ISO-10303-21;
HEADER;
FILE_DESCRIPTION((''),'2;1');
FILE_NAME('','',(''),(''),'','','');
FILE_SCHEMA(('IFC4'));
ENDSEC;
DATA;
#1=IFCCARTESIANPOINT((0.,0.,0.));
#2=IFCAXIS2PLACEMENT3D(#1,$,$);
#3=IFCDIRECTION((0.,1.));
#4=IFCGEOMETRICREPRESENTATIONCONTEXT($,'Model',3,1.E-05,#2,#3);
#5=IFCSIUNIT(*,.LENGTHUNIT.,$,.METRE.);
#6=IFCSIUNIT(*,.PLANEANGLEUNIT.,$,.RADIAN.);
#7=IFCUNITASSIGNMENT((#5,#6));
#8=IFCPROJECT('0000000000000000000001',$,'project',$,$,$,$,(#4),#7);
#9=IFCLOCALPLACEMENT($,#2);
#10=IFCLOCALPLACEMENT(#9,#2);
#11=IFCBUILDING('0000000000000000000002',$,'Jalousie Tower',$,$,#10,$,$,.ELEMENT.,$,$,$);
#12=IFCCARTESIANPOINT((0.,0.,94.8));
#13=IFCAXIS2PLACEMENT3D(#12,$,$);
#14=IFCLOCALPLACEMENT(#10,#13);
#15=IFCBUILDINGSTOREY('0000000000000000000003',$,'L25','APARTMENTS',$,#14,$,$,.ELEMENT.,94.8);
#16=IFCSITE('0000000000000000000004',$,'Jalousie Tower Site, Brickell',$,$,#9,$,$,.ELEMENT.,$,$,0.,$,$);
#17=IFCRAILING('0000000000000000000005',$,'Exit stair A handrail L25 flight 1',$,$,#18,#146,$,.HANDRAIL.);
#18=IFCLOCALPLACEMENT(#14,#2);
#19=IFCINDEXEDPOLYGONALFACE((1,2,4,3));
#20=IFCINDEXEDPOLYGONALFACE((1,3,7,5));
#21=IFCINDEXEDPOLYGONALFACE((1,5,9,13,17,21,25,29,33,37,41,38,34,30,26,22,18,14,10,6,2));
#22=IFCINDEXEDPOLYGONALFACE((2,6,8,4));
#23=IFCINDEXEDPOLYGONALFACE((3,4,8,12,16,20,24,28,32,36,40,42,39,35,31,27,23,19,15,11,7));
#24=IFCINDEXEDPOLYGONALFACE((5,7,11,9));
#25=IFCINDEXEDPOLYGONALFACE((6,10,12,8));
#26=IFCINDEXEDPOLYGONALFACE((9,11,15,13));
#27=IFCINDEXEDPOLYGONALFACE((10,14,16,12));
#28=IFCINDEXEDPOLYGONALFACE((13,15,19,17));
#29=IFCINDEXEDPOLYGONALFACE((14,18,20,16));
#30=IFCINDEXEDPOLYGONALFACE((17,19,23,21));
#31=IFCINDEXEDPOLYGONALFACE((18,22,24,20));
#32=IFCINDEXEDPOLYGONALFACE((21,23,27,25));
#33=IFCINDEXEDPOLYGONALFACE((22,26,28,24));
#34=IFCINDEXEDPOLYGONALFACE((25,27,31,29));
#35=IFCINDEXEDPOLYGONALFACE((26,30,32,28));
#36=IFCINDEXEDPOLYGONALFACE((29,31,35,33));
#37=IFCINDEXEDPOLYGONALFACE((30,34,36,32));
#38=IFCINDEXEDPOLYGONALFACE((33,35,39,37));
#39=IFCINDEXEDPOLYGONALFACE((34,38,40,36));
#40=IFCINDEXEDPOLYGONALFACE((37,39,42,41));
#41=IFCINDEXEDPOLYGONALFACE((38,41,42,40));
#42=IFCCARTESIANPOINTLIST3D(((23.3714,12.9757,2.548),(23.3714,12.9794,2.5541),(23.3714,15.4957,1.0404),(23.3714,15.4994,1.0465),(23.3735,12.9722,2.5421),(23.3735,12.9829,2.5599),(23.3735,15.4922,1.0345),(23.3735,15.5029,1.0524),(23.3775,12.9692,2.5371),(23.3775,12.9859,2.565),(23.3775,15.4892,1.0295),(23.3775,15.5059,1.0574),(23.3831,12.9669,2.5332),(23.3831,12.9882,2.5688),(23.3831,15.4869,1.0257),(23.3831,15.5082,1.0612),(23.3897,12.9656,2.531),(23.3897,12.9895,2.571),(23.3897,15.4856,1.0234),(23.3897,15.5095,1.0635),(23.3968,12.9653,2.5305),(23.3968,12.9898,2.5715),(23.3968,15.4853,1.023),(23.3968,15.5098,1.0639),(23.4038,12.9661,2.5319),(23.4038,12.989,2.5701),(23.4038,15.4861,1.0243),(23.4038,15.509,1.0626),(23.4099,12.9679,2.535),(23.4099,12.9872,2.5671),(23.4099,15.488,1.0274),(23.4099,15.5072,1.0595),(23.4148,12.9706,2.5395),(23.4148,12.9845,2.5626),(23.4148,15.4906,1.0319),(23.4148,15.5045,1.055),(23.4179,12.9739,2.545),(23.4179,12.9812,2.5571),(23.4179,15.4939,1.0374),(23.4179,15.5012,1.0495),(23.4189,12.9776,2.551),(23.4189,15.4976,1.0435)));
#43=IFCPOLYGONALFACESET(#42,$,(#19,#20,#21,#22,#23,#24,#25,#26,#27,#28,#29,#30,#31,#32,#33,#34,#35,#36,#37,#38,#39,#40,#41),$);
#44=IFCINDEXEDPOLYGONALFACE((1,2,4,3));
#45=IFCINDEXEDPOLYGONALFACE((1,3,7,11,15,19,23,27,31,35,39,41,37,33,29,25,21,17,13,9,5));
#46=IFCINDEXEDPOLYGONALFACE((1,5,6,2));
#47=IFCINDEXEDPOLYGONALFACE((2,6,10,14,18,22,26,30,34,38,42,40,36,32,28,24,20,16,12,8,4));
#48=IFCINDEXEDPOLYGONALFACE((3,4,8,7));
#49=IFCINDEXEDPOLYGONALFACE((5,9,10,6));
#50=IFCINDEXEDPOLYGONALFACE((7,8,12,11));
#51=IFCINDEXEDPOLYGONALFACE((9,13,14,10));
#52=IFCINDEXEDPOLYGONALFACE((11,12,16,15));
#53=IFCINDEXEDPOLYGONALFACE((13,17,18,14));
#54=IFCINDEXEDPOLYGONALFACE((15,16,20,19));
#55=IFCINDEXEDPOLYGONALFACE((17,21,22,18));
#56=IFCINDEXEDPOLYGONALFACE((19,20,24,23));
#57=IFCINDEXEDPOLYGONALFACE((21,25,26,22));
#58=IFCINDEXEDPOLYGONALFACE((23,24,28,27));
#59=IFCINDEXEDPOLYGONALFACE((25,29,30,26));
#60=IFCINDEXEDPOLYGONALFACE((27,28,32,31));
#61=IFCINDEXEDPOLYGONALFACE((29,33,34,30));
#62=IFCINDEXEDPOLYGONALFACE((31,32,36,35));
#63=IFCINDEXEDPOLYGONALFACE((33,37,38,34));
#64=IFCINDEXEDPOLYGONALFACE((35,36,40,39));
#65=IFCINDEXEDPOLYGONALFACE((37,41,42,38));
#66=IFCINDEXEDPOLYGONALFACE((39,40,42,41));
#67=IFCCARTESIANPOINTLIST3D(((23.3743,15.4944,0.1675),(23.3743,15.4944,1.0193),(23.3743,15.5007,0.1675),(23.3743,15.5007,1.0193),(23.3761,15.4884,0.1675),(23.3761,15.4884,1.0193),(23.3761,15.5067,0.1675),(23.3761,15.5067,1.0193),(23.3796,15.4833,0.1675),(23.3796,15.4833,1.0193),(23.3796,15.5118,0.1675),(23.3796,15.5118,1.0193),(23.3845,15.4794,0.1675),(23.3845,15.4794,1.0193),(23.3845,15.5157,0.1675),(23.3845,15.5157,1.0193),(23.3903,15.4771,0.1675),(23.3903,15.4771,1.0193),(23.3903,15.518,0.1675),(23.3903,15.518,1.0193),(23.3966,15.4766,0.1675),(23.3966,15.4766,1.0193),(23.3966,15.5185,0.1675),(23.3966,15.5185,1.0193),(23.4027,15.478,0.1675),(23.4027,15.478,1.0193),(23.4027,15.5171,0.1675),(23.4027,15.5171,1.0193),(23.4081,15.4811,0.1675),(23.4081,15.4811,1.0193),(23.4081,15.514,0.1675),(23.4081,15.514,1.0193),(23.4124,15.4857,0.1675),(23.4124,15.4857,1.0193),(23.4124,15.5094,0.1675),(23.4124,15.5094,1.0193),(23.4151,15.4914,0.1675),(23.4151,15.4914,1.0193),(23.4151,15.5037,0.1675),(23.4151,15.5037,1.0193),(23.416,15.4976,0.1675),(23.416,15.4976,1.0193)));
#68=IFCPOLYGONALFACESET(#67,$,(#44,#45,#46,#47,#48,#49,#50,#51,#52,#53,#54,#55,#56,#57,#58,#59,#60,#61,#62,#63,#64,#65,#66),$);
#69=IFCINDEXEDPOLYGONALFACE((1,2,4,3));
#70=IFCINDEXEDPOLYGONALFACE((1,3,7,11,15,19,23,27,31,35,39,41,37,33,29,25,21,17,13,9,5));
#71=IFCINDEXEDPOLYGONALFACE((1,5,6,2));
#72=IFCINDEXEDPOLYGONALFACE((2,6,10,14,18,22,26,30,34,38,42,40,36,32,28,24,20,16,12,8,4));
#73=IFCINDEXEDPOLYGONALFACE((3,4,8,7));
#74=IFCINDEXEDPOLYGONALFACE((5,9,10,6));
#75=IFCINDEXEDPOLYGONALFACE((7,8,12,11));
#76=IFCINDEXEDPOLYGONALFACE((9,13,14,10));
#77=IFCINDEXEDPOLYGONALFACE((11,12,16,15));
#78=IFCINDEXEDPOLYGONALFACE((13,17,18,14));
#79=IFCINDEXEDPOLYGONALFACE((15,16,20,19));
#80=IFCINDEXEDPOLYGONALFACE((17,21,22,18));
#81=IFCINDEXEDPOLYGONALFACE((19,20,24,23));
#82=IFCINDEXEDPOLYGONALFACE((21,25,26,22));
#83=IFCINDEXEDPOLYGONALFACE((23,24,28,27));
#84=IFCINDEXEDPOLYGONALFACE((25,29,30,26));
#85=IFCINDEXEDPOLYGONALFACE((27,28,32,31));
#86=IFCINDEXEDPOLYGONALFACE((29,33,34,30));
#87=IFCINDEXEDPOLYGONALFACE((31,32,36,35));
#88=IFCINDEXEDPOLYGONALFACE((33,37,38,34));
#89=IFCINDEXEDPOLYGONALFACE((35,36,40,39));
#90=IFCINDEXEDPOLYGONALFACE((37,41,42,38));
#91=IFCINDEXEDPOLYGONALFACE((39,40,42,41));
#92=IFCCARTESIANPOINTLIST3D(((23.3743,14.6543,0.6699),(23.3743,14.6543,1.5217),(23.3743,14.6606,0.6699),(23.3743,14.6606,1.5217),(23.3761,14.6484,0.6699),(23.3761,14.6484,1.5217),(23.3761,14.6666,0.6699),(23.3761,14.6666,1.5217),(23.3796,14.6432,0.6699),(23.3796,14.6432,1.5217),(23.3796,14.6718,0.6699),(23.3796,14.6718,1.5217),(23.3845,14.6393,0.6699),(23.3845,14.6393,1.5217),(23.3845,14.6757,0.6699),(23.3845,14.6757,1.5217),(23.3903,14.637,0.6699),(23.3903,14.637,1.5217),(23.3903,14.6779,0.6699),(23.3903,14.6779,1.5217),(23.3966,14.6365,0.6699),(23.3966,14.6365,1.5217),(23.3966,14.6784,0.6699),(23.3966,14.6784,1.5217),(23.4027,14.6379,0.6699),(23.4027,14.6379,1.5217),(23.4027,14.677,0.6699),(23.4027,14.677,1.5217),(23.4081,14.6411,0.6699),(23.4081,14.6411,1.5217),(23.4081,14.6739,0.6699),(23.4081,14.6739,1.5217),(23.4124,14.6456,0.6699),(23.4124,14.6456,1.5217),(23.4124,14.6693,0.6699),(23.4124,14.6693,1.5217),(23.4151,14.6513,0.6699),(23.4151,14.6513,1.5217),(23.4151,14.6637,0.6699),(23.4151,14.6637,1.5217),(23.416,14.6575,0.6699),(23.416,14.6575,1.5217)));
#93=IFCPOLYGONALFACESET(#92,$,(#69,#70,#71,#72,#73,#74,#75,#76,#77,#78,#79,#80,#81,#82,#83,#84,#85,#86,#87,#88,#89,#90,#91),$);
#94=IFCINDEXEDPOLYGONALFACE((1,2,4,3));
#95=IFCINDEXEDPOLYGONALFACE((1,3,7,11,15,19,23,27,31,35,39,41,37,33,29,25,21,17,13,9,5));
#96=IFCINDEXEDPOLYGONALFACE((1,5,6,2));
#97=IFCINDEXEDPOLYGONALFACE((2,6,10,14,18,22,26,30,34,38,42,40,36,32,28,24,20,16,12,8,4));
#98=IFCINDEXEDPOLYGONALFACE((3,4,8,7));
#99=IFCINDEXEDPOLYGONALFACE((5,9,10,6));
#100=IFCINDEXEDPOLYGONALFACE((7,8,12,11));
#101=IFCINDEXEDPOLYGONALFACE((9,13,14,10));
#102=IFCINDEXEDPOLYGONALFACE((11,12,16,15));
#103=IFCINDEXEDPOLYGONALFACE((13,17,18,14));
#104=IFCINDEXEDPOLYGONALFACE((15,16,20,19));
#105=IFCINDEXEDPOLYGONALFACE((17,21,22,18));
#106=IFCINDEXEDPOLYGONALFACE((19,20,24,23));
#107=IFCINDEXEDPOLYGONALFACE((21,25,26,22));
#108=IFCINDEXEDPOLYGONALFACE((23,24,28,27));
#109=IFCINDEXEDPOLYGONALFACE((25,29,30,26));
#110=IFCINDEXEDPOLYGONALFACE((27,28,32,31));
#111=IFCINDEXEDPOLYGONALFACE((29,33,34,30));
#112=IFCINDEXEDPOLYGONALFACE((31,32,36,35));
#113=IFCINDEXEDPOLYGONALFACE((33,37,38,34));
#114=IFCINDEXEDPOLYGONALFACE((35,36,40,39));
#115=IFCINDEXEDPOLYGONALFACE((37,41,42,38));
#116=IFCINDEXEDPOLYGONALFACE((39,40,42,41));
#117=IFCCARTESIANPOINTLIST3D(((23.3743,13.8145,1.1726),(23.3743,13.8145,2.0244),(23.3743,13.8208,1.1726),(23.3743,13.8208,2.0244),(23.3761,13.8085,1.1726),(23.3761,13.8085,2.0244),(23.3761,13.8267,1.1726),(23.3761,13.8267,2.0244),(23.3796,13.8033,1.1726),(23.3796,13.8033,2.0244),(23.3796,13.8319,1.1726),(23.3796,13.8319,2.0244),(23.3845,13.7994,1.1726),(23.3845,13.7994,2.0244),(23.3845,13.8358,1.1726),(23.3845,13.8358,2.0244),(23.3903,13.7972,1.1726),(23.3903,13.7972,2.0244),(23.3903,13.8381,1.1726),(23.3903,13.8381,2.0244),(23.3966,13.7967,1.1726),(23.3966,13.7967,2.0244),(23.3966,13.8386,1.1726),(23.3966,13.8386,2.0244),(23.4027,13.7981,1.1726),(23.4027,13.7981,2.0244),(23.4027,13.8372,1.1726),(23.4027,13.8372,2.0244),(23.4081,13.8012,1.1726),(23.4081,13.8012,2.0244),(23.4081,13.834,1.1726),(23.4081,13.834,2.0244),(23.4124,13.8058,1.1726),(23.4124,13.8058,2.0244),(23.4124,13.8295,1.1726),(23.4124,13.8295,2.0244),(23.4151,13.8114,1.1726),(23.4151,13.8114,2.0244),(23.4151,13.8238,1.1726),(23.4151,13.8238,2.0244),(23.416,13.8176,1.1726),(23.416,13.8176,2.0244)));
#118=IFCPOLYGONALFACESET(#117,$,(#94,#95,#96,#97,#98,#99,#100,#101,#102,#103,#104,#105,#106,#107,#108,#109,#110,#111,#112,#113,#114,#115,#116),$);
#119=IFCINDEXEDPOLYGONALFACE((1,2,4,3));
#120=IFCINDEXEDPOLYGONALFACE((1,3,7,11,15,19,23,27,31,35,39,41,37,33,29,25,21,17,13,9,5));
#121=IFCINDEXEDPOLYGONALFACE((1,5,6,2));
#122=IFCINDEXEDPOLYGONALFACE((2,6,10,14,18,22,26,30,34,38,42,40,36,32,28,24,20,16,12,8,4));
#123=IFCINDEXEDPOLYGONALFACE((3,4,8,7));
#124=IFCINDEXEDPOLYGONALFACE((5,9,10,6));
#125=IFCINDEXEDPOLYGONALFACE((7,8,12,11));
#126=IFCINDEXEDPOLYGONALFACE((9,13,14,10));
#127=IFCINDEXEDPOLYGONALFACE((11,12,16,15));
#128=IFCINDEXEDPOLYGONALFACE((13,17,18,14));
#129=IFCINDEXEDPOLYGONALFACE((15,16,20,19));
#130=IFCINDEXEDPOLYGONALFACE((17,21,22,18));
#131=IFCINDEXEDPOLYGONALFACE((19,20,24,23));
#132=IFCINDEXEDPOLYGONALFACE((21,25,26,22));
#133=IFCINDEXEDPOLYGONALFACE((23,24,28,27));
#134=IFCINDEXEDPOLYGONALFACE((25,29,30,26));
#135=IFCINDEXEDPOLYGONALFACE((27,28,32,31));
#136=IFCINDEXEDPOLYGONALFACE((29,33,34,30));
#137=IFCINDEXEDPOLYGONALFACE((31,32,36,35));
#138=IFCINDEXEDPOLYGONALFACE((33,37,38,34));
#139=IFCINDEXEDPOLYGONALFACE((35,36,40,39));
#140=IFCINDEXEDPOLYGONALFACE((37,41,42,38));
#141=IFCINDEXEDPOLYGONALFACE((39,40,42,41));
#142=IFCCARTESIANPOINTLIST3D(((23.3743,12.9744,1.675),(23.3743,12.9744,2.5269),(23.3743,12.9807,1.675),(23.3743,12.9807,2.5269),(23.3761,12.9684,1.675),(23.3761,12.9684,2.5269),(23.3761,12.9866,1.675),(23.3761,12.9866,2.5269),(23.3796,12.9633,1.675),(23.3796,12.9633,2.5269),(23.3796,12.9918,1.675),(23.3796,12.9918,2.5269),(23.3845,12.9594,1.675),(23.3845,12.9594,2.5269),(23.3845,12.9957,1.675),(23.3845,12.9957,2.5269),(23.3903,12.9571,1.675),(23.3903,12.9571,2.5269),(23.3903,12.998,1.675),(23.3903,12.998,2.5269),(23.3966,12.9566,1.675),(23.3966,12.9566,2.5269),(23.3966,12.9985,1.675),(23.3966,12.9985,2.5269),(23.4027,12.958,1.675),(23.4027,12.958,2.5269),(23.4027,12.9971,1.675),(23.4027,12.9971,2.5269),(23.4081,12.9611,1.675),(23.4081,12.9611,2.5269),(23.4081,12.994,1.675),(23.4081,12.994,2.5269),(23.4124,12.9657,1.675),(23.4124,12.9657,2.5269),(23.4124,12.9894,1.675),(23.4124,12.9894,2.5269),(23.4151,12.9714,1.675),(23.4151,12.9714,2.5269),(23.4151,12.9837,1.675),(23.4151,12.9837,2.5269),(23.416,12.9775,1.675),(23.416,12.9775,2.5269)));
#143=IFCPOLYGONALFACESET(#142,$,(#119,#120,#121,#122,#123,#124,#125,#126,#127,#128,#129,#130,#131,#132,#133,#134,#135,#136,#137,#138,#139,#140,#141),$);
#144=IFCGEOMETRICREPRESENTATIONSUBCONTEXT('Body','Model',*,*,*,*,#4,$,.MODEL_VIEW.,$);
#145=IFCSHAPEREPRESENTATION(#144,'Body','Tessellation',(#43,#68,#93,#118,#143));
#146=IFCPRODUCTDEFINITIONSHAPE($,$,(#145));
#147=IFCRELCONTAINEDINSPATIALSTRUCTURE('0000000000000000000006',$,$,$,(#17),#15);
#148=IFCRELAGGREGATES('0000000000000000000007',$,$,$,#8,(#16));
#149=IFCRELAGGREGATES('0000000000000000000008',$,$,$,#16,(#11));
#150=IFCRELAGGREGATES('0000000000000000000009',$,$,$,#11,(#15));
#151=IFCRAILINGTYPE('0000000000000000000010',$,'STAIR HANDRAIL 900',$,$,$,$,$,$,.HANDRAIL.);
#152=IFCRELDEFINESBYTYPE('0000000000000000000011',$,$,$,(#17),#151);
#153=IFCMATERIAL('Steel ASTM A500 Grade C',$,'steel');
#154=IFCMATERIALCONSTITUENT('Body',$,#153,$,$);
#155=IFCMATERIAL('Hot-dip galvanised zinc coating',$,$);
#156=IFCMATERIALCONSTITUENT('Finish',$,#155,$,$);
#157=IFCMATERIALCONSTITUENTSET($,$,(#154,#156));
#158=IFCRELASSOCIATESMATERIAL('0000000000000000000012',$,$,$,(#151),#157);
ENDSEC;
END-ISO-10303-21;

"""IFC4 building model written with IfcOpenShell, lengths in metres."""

from ifc_helpers import new_model, si_unit, direction, frame, origin, origin_2d, place, context, subcontext, project, spatial, circle, extrude, material, constituent, constituent_set, type_object, element, save


model = new_model("IFC4")

# Units and contexts
model_context = context("Model", 3, precision=1e-05, world=origin(), true_north=direction((0.0, 1.0)))
body_context = subcontext(model_context, "Body", "Model", "MODEL_VIEW")
ifc_project = project(units=[si_unit("LENGTHUNIT", "METRE"), si_unit("PLANEANGLEUNIT", "RADIAN")], contexts=[model_context])

# Site, building, storey
site_placement = place(None, origin())
site = spatial("IfcSite", under=ifc_project, at=site_placement, Name="Jalousie Tower Site, Brickell", CompositionType="ELEMENT", RefElevation=0.0)
building_placement = place(site_placement, origin())
building = spatial("IfcBuilding", under=site, at=building_placement, Name="Jalousie Tower", CompositionType="ELEMENT")
storey_placement = place(building_placement, frame((0.0, 0.0, 94.8)))
storey = spatial("IfcBuildingStorey", under=building, at=storey_placement, Name="L25", Description="APARTMENTS", CompositionType="ELEMENT", Elevation=94.8)

# Railing
ifc_material_1 = material(Name="Steel ASTM A500 Grade C", Category="steel")
ifc_constituent_1 = constituent(ifc_material_1, Name="Body")
ifc_material_2 = material(Name="Hot-dip galvanised zinc coating")
ifc_constituent_2 = constituent(ifc_material_2, Name="Finish")
ifc_constituent_set_1 = constituent_set(constituents=[ifc_constituent_1, ifc_constituent_2])
railing_type_1 = type_object("IfcRailingType", Name="STAIR HANDRAIL 900", PredefinedType="HANDRAIL", material=ifc_constituent_set_1)
railing_1_placement = place(storey_placement, frame((23.395, 15.4976, 0.1675)))
element("IfcRailing", 1, at=railing_1_placement, inside=storey, type_object=railing_type_1, Name="Exit stair A handrail L25 flight 1", PredefinedType="HANDRAIL", context=body_context, shape_type="SweptSolid", body=[
    extrude(circle(Radius=0.0239, at=origin_2d()), frame((0.0, 0.0, 0.876), z_axis=(0.0, -0.85816, 0.513383), x_axis=(1.0, 0.0, 0.0)), (0.0, 0.0, 1.0), 2.9365),
    extrude(circle(Radius=0.021, at=origin_2d()), origin(), (0.0, 0.0, 1.0), 0.8518),
    extrude(circle(Radius=0.021, at=origin_2d()), frame((0.0, -0.8401, 0.5024)), (0.0, 0.0, 1.0), 0.8518),
    extrude(circle(Radius=0.021, at=origin_2d()), frame((0.0, -1.6799, 1.0051)), (0.0, 0.0, 1.0), 0.8518),
    extrude(circle(Radius=0.021, at=origin_2d()), frame((0.0, -2.52, 1.5076)), (0.0, 0.0, 1.0), 0.8518),
])

save(model, "model.ifc")
